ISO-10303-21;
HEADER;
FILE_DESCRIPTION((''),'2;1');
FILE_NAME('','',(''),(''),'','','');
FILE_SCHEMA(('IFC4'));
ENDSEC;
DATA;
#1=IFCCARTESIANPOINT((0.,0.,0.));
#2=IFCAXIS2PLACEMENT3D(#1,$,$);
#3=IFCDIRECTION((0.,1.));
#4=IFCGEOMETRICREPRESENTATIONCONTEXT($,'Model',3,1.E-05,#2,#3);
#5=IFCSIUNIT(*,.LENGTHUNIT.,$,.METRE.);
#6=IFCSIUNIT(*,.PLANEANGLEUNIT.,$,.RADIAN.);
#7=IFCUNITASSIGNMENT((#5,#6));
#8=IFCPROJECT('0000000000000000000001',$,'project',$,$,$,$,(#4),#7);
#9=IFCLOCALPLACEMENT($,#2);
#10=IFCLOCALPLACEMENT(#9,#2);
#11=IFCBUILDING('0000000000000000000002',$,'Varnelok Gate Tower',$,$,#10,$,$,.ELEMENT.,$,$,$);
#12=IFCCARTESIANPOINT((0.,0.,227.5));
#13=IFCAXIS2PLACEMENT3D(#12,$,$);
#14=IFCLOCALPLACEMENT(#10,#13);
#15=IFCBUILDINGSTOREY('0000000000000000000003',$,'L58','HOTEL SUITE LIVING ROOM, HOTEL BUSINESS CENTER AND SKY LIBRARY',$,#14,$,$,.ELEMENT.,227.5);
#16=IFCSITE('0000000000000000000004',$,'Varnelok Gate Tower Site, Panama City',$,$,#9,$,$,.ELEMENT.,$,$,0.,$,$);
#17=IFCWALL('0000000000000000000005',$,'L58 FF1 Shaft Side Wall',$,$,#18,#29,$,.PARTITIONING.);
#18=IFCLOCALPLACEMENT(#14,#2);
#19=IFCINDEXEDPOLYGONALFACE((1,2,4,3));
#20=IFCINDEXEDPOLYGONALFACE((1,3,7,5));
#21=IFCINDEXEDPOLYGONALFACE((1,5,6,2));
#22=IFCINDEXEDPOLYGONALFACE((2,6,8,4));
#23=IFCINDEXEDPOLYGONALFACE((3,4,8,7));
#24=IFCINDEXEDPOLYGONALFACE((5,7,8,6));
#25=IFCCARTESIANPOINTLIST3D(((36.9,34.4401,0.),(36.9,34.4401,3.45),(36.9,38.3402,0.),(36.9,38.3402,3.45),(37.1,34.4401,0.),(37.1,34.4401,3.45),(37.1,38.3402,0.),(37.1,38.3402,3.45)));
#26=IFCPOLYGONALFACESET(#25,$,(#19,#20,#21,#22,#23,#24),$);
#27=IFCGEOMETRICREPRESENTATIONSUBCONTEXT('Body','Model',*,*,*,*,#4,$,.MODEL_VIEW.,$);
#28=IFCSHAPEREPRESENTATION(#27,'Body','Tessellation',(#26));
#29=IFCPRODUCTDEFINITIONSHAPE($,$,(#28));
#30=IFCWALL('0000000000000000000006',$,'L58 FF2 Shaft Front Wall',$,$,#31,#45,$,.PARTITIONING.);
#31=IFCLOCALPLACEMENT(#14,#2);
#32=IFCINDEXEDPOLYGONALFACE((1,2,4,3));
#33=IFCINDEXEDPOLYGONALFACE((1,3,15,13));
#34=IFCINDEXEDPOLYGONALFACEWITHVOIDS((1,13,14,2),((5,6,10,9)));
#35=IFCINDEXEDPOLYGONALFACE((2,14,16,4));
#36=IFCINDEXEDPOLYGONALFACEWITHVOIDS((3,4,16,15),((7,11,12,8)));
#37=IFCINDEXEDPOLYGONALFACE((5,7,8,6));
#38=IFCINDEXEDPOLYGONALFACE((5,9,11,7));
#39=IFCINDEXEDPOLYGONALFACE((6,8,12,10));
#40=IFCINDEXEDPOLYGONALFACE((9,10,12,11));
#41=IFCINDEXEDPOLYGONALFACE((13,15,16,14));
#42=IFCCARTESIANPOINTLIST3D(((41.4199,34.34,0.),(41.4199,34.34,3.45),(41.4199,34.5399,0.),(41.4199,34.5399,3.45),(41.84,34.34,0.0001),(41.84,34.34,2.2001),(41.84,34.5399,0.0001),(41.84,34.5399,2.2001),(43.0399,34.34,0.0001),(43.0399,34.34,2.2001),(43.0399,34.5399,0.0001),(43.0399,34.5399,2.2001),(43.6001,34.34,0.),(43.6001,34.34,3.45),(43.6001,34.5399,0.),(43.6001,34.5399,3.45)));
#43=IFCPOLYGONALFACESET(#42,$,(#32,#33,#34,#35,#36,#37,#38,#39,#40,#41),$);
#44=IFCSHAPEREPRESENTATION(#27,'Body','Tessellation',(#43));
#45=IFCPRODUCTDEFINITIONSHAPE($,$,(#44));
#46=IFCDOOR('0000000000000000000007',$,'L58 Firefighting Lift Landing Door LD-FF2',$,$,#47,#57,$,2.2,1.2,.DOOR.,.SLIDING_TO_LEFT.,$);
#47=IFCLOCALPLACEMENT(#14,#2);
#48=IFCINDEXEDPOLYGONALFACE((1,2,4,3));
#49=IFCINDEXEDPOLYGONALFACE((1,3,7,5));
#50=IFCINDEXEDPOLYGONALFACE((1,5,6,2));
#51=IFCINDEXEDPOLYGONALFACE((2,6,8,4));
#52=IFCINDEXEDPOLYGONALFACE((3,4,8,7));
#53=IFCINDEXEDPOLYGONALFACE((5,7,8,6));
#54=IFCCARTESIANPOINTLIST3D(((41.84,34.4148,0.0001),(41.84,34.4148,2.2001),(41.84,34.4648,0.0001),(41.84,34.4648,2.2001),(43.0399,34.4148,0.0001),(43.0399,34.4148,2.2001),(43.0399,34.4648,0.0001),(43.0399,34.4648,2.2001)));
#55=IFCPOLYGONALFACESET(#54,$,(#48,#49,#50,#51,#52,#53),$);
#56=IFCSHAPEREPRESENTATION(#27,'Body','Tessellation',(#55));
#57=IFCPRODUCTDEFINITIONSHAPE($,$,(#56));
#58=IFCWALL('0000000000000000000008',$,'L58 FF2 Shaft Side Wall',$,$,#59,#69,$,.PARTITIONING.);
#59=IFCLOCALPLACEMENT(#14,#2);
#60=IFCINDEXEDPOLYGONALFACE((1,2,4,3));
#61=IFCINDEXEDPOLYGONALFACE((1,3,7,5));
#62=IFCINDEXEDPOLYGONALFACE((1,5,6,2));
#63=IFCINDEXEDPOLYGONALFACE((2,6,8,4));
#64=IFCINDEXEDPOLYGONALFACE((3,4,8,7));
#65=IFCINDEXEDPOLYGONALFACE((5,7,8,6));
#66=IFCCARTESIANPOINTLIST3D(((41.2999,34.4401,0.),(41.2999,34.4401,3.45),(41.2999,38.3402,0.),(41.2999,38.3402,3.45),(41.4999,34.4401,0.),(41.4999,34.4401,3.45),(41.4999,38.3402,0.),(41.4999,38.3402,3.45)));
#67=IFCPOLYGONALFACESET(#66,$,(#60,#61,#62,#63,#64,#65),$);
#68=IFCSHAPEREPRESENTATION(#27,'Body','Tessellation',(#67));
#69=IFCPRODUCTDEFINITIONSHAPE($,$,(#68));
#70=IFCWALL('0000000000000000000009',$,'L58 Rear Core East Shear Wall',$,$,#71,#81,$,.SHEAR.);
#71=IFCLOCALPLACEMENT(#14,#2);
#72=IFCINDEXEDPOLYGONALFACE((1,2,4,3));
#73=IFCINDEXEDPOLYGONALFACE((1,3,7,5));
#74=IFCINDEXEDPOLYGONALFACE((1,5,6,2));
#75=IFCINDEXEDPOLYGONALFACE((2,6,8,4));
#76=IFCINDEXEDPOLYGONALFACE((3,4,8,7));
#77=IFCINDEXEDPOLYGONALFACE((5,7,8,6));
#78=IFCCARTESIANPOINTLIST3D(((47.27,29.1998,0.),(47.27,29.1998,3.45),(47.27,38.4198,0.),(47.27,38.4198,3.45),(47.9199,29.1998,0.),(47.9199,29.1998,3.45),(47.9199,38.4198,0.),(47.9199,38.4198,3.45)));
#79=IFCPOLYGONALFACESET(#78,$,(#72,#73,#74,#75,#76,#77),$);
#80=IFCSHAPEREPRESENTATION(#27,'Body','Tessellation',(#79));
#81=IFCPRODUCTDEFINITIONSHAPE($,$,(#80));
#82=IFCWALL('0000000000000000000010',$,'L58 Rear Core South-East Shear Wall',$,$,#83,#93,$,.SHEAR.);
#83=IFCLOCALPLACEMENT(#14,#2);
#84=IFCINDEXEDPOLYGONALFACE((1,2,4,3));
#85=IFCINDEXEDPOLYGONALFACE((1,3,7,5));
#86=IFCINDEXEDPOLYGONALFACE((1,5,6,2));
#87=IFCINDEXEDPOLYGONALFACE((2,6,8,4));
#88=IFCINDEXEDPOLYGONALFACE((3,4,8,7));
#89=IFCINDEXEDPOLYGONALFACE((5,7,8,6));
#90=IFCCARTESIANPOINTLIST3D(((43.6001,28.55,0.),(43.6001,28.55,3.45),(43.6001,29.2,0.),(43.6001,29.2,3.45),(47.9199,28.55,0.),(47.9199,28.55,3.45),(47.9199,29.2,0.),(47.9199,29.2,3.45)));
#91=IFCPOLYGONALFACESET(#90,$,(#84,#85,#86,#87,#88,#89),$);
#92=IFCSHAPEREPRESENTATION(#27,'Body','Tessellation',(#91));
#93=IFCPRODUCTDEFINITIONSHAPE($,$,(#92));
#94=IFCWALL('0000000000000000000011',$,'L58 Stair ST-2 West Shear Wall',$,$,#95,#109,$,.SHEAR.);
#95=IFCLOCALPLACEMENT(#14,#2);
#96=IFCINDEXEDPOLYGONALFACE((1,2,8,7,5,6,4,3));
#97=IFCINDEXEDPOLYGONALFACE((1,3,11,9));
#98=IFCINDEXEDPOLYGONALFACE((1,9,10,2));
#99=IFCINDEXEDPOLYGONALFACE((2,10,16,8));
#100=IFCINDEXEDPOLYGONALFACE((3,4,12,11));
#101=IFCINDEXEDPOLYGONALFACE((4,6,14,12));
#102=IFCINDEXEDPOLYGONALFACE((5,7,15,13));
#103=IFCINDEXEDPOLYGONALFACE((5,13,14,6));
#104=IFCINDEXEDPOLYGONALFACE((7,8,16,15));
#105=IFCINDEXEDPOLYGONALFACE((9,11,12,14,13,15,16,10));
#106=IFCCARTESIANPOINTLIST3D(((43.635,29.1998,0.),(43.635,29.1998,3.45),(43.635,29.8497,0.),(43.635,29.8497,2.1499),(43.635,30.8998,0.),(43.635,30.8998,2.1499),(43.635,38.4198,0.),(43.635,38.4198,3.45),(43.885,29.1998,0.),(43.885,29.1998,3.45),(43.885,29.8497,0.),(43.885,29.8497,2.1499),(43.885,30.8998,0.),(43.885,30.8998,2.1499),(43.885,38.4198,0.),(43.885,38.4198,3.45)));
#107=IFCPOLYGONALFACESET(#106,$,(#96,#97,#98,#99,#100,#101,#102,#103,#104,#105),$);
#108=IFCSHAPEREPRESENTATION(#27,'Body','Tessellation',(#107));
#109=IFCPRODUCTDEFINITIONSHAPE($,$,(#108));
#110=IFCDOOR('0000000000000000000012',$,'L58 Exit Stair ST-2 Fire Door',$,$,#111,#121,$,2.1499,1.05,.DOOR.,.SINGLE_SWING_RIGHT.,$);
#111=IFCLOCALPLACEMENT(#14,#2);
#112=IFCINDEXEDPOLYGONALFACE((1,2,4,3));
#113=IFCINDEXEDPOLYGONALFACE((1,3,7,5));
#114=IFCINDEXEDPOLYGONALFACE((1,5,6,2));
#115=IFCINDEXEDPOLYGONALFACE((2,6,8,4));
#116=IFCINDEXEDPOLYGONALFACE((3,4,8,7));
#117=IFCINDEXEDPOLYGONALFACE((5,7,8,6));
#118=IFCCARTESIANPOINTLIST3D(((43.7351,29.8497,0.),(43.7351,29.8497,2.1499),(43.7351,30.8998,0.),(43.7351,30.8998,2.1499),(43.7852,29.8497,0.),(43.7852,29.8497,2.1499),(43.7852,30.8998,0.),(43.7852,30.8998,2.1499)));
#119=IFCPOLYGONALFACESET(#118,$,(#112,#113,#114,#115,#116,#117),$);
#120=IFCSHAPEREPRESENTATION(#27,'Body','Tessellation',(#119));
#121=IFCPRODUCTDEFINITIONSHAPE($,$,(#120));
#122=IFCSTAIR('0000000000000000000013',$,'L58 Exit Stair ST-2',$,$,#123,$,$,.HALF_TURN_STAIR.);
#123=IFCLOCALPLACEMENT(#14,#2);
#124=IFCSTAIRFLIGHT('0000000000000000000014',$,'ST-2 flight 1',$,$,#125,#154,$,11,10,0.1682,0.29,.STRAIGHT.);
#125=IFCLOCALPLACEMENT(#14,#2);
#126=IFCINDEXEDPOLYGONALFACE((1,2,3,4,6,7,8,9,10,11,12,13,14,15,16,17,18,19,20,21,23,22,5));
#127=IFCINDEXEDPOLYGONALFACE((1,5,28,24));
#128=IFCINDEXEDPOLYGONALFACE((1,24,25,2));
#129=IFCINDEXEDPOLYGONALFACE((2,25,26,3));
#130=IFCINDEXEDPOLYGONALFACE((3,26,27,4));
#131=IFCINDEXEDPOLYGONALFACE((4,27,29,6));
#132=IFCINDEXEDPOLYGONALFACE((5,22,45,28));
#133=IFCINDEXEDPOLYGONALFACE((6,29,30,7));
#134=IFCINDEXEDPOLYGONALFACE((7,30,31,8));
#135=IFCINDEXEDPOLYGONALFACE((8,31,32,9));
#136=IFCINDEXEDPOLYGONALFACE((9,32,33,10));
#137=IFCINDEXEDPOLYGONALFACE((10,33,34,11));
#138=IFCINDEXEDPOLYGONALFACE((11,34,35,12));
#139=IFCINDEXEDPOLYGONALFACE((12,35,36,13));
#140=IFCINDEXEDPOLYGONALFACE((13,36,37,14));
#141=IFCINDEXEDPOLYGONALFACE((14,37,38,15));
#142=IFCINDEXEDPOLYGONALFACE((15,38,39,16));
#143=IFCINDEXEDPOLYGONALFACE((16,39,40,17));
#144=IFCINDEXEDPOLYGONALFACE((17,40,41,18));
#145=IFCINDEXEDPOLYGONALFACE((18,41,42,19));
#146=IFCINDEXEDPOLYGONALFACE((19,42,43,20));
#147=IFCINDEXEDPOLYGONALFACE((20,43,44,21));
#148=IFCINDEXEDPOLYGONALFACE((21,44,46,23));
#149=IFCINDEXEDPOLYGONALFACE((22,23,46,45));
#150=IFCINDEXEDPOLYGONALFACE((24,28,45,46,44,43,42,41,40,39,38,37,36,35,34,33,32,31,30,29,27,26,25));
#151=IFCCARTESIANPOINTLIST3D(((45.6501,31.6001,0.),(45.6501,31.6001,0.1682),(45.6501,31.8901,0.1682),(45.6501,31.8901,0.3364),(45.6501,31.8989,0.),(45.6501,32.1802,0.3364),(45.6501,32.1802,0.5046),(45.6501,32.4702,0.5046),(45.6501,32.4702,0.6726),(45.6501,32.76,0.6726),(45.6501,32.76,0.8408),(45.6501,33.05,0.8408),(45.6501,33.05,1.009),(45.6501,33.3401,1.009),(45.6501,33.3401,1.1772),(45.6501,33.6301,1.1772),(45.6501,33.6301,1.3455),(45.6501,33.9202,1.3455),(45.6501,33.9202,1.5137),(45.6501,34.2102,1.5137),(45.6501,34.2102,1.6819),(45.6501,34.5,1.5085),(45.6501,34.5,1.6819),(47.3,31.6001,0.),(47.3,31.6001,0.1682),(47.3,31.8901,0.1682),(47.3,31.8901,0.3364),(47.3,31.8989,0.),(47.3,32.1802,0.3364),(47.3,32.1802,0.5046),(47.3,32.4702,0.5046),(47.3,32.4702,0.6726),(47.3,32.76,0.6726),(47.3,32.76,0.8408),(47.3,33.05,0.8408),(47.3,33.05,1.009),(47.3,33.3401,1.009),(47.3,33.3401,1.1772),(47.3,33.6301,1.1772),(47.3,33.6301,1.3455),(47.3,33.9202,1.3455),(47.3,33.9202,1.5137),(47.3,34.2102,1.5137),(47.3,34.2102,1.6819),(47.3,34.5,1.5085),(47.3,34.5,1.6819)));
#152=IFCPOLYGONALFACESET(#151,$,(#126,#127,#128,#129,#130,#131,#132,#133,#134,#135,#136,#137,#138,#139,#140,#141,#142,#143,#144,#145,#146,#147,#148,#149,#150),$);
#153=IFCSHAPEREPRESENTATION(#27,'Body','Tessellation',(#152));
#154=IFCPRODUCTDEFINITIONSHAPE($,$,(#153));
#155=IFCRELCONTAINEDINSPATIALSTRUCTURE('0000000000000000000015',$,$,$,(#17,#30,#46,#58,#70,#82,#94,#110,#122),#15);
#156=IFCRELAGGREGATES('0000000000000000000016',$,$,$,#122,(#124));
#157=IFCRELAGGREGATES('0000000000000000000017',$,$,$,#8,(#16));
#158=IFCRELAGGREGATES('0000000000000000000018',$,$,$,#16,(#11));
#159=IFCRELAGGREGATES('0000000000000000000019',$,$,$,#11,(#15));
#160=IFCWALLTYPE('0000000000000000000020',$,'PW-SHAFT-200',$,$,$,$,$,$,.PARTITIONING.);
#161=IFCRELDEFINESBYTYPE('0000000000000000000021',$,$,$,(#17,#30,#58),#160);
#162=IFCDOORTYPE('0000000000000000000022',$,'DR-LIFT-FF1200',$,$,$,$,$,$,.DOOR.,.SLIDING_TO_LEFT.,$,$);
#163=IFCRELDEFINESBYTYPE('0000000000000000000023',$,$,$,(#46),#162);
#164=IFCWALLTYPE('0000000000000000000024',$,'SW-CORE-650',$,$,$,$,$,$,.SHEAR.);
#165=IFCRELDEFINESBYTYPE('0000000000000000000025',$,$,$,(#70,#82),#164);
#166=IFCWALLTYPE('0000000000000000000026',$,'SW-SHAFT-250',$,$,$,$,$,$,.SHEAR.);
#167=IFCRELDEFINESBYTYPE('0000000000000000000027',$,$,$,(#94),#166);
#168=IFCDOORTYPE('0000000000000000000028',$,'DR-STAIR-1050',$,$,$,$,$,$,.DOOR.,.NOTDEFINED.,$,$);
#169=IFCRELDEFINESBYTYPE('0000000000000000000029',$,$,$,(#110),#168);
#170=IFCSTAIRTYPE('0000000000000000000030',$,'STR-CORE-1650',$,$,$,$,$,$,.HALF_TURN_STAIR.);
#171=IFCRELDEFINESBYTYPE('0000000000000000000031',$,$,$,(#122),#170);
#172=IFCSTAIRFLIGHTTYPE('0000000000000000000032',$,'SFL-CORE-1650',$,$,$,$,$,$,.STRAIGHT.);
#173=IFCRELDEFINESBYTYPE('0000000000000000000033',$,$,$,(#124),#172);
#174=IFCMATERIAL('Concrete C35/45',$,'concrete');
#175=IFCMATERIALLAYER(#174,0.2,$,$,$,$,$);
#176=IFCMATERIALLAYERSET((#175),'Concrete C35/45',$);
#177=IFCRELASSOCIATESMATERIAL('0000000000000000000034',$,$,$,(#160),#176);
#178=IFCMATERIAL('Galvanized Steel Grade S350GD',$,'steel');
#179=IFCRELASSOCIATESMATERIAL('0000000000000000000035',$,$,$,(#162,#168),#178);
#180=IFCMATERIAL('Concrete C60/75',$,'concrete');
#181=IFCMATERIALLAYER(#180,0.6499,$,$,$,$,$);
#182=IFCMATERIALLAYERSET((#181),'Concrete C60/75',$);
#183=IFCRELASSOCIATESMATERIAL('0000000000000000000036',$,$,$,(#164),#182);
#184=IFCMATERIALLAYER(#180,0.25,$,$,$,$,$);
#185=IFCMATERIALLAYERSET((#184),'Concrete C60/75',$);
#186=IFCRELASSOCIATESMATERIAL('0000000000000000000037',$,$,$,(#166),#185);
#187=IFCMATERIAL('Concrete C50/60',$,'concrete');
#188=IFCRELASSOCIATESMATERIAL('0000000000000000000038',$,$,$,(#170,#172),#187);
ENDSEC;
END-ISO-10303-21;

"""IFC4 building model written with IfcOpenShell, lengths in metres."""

from ifc_helpers import new_model, si_unit, direction, frame, frame_2d, origin, place, context, subcontext, project, spatial, polyline, rectangle, outline, extrude, material, layer, layer_set, type_object, element, fill, aggregate, save


model = new_model("IFC4")

# Units and contexts
model_context = context("Model", 3, precision=1e-05, world=origin(), true_north=direction((0.0, 1.0)))
body_context = subcontext(model_context, "Body", "Model", "MODEL_VIEW")
ifc_project = project(units=[si_unit("LENGTHUNIT", "METRE"), si_unit("PLANEANGLEUNIT", "RADIAN")], contexts=[model_context])

# Site, building, storey
site_placement = place(None, origin())
site = spatial("IfcSite", under=ifc_project, at=site_placement, Name="Varnelok Gate Tower Site, Panama City", CompositionType="ELEMENT", RefElevation=0.0)
building_placement = place(site_placement, origin())
building = spatial("IfcBuilding", under=site, at=building_placement, Name="Varnelok Gate Tower", CompositionType="ELEMENT")
storey_placement = place(building_placement, frame((0.0, 0.0, 227.5)))
storey = spatial("IfcBuildingStorey", under=building, at=storey_placement, Name="L58", Description="HOTEL SUITE LIVING ROOM, HOTEL BUSINESS CENTER AND SKY LIBRARY", CompositionType="ELEMENT", Elevation=227.5)

# Shared definitions
ifc_material_1 = material(Name="Galvanized Steel Grade S350GD", Category="steel")

# Wall
ifc_material_2 = material(Name="Concrete C35/45", Category="concrete")
ifc_layer_1 = layer(ifc_material_2, 0.2)
ifc_layer_set_1 = layer_set([ifc_layer_1], Name="Concrete C35/45")
wall_type_1 = type_object("IfcWallType", Name="PW-SHAFT-200", PredefinedType="PARTITIONING", material=ifc_layer_set_1)
wall_1_placement = place(storey_placement, frame((37.0, 34.4399, 0.0), z_axis=(0.0, 0.0, 1.0), x_axis=(0.0, 1.0, 0.0)))
element("IfcWall", 1, at=wall_1_placement, inside=storey, type_object=wall_type_1, Name="L58 FF1 Shaft Side Wall", PredefinedType="PARTITIONING", context=body_context, shape_type="SweptSolid", body=[
    extrude(rectangle(XDim=3.9001, YDim=0.2, at=frame_2d((1.9502, 0.0))), origin(), (0.0, 0.0, 1.0), 3.45),
])

# Wall, opening, door
wall_2_placement = place(storey_placement, frame((41.4199, 34.4399, 0.0), z_axis=(0.0, 0.0, 1.0), x_axis=(1.0, 0.0, 0.0)))
wall_2 = element("IfcWall", 2, at=wall_2_placement, inside=storey, type_object=wall_type_1, Name="L58 FF2 Shaft Front Wall", PredefinedType="PARTITIONING", context=body_context, shape_type="SweptSolid", body=[
    extrude(rectangle(XDim=2.1802, YDim=0.2, at=frame_2d((1.0901, 0.0))), origin(), (0.0, 0.0, 1.0), 3.45),
])
opening_1_placement = place(wall_2_placement, frame((0.4199, 0.0, 0.0)))
opening_1 = element("IfcOpeningElement", 3, at=opening_1_placement, cuts=wall_2, PredefinedType="OPENING", context=body_context, shape_type="SweptSolid", body=[
    extrude(rectangle(XDim=1.2, YDim=2.2, at=frame_2d((0.6001, 1.1001))), frame((0.0, 0.1099, 0.0), z_axis=(0.0, -1.0, 0.0), x_axis=(1.0, 0.0, 0.0)), (0.0, 0.0, 1.0), 0.22),
])
door_type_1 = type_object("IfcDoorType", Name="DR-LIFT-FF1200", OperationType="SLIDING_TO_LEFT", PredefinedType="DOOR", material=ifc_material_1)
door_1_placement = place(opening_1_placement, origin())
door_1 = element("IfcDoor", 4, at=door_1_placement, inside=storey, type_object=door_type_1, Name="L58 Firefighting Lift Landing Door LD-FF2", OperationType="SLIDING_TO_LEFT", OverallHeight=2.2, OverallWidth=1.2, PredefinedType="DOOR", context=body_context, shape_type="SweptSolid", body=[
    extrude(rectangle(XDim=1.2, YDim=2.2, at=frame_2d((0.6001, 1.1001))), frame((0.0, 0.0249, 0.0), z_axis=(0.0, -1.0, 0.0), x_axis=(1.0, 0.0, 0.0)), (0.0, 0.0, 1.0), 0.05),
])
fill(opening_1, door_1)

# Walls
wall_3_placement = place(storey_placement, frame((41.3999, 34.4399, 0.0), z_axis=(0.0, 0.0, 1.0), x_axis=(0.0, 1.0, 0.0)))
element("IfcWall", 5, at=wall_3_placement, inside=storey, type_object=wall_type_1, Name="L58 FF2 Shaft Side Wall", PredefinedType="PARTITIONING", context=body_context, shape_type="SweptSolid", body=[
    extrude(rectangle(XDim=3.9001, YDim=0.2, at=frame_2d((1.9502, 0.0))), origin(), (0.0, 0.0, 1.0), 3.45),
])
ifc_material_3 = material(Name="Concrete C60/75", Category="concrete")
ifc_layer_2 = layer(ifc_material_3, 0.6499)
ifc_layer_set_2 = layer_set([ifc_layer_2], Name="Concrete C60/75")
wall_type_2 = type_object("IfcWallType", Name="SW-CORE-650", PredefinedType="SHEAR", material=ifc_layer_set_2)
wall_4_placement = place(storey_placement, frame((47.595, 29.2, 0.0), z_axis=(0.0, 0.0, 1.0), x_axis=(0.0, 1.0, 0.0)))
element("IfcWall", 6, at=wall_4_placement, inside=storey, type_object=wall_type_2, Name="L58 Rear Core East Shear Wall", PredefinedType="SHEAR", context=body_context, shape_type="SweptSolid", body=[
    extrude(rectangle(XDim=9.22, YDim=0.6499, at=frame_2d((4.6099, 0.0))), origin(), (0.0, 0.0, 1.0), 3.45),
])
wall_5_placement = place(storey_placement, frame((43.6001, 28.875, 0.0), z_axis=(0.0, 0.0, 1.0), x_axis=(1.0, 0.0, 0.0)))
element("IfcWall", 7, at=wall_5_placement, inside=storey, type_object=wall_type_2, Name="L58 Rear Core South-East Shear Wall", PredefinedType="SHEAR", context=body_context, shape_type="SweptSolid", body=[
    extrude(rectangle(XDim=4.3198, YDim=0.6499, at=frame_2d((2.1599, 0.0))), origin(), (0.0, 0.0, 1.0), 3.45),
])

# Wall, opening, door
ifc_layer_3 = layer(ifc_material_3, 0.25)
ifc_layer_set_3 = layer_set([ifc_layer_3], Name="Concrete C60/75")
wall_type_3 = type_object("IfcWallType", Name="SW-SHAFT-250", PredefinedType="SHEAR", material=ifc_layer_set_3)
wall_6_placement = place(storey_placement, frame((43.76, 29.2, 0.0), z_axis=(0.0, 0.0, 1.0), x_axis=(0.0, 1.0, 0.0)))
wall_6 = element("IfcWall", 8, at=wall_6_placement, inside=storey, type_object=wall_type_3, Name="L58 Stair ST-2 West Shear Wall", PredefinedType="SHEAR", context=body_context, shape_type="SweptSolid", body=[
    extrude(rectangle(XDim=9.22, YDim=0.25, at=frame_2d((4.6099, 0.0))), origin(), (0.0, 0.0, 1.0), 3.45),
])
opening_2_placement = place(wall_6_placement, frame((0.6499, 0.0, 0.0)))
opening_2 = element("IfcOpeningElement", 9, at=opening_2_placement, cuts=wall_6, PredefinedType="OPENING", context=body_context, shape_type="SweptSolid", body=[
    extrude(rectangle(XDim=1.05, YDim=2.1499, at=frame_2d((0.5249, 1.075))), frame((0.0, 0.135, 0.0), z_axis=(0.0, -1.0, 0.0), x_axis=(1.0, 0.0, 0.0)), (0.0, 0.0, 1.0), 0.27),
])
door_type_2 = type_object("IfcDoorType", Name="DR-STAIR-1050", OperationType="NOTDEFINED", PredefinedType="DOOR", material=ifc_material_1)
door_2_placement = place(opening_2_placement, origin())
door_2 = element("IfcDoor", 10, at=door_2_placement, inside=storey, type_object=door_type_2, Name="L58 Exit Stair ST-2 Fire Door", OperationType="SINGLE_SWING_RIGHT", OverallHeight=2.1499, OverallWidth=1.05, PredefinedType="DOOR", context=body_context, shape_type="SweptSolid", body=[
    extrude(rectangle(XDim=1.05, YDim=2.1499, at=frame_2d((0.5249, 1.075))), frame((0.0, 0.0249, 0.0), z_axis=(0.0, -1.0, 0.0), x_axis=(1.0, 0.0, 0.0)), (0.0, 0.0, 1.0), 0.05),
])
fill(opening_2, door_2)

# Stair, stair flight
ifc_material_4 = material(Name="Concrete C50/60", Category="concrete")
stair_type = type_object("IfcStairType", Name="STR-CORE-1650", PredefinedType="HALF_TURN_STAIR", material=ifc_material_4)
stair_placement = place(storey_placement, origin())
stair = element("IfcStair", 11, at=stair_placement, inside=storey, type_object=stair_type, Name="L58 Exit Stair ST-2", PredefinedType="HALF_TURN_STAIR")
stair_flight_type = type_object("IfcStairFlightType", Name="SFL-CORE-1650", PredefinedType="STRAIGHT", material=ifc_material_4)
stair_flight_1_placement = place(storey_placement, frame((46.4751, 31.6001, 0.0), z_axis=(0.0, 0.0, 1.0), x_axis=(0.0, 1.0, 0.0)))
stair_flight_1 = element("IfcStairFlight", 12, at=stair_flight_1_placement, type_object=stair_flight_type, Name="ST-2 flight 1", NumberOfRisers=11, NumberOfTreads=10, PredefinedType="STRAIGHT", RiserHeight=0.1682, TreadLength=0.29, context=body_context, shape_type="SweptSolid", body=[
    extrude(outline(polyline([(0.0, 0.0), (0.0, 0.1682), (0.29, 0.1682), (0.29, 0.3364), (0.5801, 0.3364), (0.5801, 0.5046), (0.8701, 0.5046), (0.8701, 0.6726), (1.1599, 0.6726), (1.1599, 0.8408), (1.45, 0.8408), (1.45, 1.009), (1.74, 1.009), (1.74, 1.1772), (2.03, 1.1772), (2.03, 1.3455), (2.3201, 1.3455), (2.3201, 1.5137), (2.6101, 1.5137), (2.6101, 1.6819), (2.8999, 1.6819), (2.8999, 1.8501), (2.8999, 1.5085), (0.2988, 0.0), (0.0, 0.0)])), frame((0.0, 0.825, 0.0), z_axis=(0.0, -1.0, 0.0), x_axis=(1.0, 0.0, 0.0)), (0.0, 0.0, 1.0), 1.6499),
])
aggregate(stair, [stair_flight_1])

save(model, "model.ifc")
